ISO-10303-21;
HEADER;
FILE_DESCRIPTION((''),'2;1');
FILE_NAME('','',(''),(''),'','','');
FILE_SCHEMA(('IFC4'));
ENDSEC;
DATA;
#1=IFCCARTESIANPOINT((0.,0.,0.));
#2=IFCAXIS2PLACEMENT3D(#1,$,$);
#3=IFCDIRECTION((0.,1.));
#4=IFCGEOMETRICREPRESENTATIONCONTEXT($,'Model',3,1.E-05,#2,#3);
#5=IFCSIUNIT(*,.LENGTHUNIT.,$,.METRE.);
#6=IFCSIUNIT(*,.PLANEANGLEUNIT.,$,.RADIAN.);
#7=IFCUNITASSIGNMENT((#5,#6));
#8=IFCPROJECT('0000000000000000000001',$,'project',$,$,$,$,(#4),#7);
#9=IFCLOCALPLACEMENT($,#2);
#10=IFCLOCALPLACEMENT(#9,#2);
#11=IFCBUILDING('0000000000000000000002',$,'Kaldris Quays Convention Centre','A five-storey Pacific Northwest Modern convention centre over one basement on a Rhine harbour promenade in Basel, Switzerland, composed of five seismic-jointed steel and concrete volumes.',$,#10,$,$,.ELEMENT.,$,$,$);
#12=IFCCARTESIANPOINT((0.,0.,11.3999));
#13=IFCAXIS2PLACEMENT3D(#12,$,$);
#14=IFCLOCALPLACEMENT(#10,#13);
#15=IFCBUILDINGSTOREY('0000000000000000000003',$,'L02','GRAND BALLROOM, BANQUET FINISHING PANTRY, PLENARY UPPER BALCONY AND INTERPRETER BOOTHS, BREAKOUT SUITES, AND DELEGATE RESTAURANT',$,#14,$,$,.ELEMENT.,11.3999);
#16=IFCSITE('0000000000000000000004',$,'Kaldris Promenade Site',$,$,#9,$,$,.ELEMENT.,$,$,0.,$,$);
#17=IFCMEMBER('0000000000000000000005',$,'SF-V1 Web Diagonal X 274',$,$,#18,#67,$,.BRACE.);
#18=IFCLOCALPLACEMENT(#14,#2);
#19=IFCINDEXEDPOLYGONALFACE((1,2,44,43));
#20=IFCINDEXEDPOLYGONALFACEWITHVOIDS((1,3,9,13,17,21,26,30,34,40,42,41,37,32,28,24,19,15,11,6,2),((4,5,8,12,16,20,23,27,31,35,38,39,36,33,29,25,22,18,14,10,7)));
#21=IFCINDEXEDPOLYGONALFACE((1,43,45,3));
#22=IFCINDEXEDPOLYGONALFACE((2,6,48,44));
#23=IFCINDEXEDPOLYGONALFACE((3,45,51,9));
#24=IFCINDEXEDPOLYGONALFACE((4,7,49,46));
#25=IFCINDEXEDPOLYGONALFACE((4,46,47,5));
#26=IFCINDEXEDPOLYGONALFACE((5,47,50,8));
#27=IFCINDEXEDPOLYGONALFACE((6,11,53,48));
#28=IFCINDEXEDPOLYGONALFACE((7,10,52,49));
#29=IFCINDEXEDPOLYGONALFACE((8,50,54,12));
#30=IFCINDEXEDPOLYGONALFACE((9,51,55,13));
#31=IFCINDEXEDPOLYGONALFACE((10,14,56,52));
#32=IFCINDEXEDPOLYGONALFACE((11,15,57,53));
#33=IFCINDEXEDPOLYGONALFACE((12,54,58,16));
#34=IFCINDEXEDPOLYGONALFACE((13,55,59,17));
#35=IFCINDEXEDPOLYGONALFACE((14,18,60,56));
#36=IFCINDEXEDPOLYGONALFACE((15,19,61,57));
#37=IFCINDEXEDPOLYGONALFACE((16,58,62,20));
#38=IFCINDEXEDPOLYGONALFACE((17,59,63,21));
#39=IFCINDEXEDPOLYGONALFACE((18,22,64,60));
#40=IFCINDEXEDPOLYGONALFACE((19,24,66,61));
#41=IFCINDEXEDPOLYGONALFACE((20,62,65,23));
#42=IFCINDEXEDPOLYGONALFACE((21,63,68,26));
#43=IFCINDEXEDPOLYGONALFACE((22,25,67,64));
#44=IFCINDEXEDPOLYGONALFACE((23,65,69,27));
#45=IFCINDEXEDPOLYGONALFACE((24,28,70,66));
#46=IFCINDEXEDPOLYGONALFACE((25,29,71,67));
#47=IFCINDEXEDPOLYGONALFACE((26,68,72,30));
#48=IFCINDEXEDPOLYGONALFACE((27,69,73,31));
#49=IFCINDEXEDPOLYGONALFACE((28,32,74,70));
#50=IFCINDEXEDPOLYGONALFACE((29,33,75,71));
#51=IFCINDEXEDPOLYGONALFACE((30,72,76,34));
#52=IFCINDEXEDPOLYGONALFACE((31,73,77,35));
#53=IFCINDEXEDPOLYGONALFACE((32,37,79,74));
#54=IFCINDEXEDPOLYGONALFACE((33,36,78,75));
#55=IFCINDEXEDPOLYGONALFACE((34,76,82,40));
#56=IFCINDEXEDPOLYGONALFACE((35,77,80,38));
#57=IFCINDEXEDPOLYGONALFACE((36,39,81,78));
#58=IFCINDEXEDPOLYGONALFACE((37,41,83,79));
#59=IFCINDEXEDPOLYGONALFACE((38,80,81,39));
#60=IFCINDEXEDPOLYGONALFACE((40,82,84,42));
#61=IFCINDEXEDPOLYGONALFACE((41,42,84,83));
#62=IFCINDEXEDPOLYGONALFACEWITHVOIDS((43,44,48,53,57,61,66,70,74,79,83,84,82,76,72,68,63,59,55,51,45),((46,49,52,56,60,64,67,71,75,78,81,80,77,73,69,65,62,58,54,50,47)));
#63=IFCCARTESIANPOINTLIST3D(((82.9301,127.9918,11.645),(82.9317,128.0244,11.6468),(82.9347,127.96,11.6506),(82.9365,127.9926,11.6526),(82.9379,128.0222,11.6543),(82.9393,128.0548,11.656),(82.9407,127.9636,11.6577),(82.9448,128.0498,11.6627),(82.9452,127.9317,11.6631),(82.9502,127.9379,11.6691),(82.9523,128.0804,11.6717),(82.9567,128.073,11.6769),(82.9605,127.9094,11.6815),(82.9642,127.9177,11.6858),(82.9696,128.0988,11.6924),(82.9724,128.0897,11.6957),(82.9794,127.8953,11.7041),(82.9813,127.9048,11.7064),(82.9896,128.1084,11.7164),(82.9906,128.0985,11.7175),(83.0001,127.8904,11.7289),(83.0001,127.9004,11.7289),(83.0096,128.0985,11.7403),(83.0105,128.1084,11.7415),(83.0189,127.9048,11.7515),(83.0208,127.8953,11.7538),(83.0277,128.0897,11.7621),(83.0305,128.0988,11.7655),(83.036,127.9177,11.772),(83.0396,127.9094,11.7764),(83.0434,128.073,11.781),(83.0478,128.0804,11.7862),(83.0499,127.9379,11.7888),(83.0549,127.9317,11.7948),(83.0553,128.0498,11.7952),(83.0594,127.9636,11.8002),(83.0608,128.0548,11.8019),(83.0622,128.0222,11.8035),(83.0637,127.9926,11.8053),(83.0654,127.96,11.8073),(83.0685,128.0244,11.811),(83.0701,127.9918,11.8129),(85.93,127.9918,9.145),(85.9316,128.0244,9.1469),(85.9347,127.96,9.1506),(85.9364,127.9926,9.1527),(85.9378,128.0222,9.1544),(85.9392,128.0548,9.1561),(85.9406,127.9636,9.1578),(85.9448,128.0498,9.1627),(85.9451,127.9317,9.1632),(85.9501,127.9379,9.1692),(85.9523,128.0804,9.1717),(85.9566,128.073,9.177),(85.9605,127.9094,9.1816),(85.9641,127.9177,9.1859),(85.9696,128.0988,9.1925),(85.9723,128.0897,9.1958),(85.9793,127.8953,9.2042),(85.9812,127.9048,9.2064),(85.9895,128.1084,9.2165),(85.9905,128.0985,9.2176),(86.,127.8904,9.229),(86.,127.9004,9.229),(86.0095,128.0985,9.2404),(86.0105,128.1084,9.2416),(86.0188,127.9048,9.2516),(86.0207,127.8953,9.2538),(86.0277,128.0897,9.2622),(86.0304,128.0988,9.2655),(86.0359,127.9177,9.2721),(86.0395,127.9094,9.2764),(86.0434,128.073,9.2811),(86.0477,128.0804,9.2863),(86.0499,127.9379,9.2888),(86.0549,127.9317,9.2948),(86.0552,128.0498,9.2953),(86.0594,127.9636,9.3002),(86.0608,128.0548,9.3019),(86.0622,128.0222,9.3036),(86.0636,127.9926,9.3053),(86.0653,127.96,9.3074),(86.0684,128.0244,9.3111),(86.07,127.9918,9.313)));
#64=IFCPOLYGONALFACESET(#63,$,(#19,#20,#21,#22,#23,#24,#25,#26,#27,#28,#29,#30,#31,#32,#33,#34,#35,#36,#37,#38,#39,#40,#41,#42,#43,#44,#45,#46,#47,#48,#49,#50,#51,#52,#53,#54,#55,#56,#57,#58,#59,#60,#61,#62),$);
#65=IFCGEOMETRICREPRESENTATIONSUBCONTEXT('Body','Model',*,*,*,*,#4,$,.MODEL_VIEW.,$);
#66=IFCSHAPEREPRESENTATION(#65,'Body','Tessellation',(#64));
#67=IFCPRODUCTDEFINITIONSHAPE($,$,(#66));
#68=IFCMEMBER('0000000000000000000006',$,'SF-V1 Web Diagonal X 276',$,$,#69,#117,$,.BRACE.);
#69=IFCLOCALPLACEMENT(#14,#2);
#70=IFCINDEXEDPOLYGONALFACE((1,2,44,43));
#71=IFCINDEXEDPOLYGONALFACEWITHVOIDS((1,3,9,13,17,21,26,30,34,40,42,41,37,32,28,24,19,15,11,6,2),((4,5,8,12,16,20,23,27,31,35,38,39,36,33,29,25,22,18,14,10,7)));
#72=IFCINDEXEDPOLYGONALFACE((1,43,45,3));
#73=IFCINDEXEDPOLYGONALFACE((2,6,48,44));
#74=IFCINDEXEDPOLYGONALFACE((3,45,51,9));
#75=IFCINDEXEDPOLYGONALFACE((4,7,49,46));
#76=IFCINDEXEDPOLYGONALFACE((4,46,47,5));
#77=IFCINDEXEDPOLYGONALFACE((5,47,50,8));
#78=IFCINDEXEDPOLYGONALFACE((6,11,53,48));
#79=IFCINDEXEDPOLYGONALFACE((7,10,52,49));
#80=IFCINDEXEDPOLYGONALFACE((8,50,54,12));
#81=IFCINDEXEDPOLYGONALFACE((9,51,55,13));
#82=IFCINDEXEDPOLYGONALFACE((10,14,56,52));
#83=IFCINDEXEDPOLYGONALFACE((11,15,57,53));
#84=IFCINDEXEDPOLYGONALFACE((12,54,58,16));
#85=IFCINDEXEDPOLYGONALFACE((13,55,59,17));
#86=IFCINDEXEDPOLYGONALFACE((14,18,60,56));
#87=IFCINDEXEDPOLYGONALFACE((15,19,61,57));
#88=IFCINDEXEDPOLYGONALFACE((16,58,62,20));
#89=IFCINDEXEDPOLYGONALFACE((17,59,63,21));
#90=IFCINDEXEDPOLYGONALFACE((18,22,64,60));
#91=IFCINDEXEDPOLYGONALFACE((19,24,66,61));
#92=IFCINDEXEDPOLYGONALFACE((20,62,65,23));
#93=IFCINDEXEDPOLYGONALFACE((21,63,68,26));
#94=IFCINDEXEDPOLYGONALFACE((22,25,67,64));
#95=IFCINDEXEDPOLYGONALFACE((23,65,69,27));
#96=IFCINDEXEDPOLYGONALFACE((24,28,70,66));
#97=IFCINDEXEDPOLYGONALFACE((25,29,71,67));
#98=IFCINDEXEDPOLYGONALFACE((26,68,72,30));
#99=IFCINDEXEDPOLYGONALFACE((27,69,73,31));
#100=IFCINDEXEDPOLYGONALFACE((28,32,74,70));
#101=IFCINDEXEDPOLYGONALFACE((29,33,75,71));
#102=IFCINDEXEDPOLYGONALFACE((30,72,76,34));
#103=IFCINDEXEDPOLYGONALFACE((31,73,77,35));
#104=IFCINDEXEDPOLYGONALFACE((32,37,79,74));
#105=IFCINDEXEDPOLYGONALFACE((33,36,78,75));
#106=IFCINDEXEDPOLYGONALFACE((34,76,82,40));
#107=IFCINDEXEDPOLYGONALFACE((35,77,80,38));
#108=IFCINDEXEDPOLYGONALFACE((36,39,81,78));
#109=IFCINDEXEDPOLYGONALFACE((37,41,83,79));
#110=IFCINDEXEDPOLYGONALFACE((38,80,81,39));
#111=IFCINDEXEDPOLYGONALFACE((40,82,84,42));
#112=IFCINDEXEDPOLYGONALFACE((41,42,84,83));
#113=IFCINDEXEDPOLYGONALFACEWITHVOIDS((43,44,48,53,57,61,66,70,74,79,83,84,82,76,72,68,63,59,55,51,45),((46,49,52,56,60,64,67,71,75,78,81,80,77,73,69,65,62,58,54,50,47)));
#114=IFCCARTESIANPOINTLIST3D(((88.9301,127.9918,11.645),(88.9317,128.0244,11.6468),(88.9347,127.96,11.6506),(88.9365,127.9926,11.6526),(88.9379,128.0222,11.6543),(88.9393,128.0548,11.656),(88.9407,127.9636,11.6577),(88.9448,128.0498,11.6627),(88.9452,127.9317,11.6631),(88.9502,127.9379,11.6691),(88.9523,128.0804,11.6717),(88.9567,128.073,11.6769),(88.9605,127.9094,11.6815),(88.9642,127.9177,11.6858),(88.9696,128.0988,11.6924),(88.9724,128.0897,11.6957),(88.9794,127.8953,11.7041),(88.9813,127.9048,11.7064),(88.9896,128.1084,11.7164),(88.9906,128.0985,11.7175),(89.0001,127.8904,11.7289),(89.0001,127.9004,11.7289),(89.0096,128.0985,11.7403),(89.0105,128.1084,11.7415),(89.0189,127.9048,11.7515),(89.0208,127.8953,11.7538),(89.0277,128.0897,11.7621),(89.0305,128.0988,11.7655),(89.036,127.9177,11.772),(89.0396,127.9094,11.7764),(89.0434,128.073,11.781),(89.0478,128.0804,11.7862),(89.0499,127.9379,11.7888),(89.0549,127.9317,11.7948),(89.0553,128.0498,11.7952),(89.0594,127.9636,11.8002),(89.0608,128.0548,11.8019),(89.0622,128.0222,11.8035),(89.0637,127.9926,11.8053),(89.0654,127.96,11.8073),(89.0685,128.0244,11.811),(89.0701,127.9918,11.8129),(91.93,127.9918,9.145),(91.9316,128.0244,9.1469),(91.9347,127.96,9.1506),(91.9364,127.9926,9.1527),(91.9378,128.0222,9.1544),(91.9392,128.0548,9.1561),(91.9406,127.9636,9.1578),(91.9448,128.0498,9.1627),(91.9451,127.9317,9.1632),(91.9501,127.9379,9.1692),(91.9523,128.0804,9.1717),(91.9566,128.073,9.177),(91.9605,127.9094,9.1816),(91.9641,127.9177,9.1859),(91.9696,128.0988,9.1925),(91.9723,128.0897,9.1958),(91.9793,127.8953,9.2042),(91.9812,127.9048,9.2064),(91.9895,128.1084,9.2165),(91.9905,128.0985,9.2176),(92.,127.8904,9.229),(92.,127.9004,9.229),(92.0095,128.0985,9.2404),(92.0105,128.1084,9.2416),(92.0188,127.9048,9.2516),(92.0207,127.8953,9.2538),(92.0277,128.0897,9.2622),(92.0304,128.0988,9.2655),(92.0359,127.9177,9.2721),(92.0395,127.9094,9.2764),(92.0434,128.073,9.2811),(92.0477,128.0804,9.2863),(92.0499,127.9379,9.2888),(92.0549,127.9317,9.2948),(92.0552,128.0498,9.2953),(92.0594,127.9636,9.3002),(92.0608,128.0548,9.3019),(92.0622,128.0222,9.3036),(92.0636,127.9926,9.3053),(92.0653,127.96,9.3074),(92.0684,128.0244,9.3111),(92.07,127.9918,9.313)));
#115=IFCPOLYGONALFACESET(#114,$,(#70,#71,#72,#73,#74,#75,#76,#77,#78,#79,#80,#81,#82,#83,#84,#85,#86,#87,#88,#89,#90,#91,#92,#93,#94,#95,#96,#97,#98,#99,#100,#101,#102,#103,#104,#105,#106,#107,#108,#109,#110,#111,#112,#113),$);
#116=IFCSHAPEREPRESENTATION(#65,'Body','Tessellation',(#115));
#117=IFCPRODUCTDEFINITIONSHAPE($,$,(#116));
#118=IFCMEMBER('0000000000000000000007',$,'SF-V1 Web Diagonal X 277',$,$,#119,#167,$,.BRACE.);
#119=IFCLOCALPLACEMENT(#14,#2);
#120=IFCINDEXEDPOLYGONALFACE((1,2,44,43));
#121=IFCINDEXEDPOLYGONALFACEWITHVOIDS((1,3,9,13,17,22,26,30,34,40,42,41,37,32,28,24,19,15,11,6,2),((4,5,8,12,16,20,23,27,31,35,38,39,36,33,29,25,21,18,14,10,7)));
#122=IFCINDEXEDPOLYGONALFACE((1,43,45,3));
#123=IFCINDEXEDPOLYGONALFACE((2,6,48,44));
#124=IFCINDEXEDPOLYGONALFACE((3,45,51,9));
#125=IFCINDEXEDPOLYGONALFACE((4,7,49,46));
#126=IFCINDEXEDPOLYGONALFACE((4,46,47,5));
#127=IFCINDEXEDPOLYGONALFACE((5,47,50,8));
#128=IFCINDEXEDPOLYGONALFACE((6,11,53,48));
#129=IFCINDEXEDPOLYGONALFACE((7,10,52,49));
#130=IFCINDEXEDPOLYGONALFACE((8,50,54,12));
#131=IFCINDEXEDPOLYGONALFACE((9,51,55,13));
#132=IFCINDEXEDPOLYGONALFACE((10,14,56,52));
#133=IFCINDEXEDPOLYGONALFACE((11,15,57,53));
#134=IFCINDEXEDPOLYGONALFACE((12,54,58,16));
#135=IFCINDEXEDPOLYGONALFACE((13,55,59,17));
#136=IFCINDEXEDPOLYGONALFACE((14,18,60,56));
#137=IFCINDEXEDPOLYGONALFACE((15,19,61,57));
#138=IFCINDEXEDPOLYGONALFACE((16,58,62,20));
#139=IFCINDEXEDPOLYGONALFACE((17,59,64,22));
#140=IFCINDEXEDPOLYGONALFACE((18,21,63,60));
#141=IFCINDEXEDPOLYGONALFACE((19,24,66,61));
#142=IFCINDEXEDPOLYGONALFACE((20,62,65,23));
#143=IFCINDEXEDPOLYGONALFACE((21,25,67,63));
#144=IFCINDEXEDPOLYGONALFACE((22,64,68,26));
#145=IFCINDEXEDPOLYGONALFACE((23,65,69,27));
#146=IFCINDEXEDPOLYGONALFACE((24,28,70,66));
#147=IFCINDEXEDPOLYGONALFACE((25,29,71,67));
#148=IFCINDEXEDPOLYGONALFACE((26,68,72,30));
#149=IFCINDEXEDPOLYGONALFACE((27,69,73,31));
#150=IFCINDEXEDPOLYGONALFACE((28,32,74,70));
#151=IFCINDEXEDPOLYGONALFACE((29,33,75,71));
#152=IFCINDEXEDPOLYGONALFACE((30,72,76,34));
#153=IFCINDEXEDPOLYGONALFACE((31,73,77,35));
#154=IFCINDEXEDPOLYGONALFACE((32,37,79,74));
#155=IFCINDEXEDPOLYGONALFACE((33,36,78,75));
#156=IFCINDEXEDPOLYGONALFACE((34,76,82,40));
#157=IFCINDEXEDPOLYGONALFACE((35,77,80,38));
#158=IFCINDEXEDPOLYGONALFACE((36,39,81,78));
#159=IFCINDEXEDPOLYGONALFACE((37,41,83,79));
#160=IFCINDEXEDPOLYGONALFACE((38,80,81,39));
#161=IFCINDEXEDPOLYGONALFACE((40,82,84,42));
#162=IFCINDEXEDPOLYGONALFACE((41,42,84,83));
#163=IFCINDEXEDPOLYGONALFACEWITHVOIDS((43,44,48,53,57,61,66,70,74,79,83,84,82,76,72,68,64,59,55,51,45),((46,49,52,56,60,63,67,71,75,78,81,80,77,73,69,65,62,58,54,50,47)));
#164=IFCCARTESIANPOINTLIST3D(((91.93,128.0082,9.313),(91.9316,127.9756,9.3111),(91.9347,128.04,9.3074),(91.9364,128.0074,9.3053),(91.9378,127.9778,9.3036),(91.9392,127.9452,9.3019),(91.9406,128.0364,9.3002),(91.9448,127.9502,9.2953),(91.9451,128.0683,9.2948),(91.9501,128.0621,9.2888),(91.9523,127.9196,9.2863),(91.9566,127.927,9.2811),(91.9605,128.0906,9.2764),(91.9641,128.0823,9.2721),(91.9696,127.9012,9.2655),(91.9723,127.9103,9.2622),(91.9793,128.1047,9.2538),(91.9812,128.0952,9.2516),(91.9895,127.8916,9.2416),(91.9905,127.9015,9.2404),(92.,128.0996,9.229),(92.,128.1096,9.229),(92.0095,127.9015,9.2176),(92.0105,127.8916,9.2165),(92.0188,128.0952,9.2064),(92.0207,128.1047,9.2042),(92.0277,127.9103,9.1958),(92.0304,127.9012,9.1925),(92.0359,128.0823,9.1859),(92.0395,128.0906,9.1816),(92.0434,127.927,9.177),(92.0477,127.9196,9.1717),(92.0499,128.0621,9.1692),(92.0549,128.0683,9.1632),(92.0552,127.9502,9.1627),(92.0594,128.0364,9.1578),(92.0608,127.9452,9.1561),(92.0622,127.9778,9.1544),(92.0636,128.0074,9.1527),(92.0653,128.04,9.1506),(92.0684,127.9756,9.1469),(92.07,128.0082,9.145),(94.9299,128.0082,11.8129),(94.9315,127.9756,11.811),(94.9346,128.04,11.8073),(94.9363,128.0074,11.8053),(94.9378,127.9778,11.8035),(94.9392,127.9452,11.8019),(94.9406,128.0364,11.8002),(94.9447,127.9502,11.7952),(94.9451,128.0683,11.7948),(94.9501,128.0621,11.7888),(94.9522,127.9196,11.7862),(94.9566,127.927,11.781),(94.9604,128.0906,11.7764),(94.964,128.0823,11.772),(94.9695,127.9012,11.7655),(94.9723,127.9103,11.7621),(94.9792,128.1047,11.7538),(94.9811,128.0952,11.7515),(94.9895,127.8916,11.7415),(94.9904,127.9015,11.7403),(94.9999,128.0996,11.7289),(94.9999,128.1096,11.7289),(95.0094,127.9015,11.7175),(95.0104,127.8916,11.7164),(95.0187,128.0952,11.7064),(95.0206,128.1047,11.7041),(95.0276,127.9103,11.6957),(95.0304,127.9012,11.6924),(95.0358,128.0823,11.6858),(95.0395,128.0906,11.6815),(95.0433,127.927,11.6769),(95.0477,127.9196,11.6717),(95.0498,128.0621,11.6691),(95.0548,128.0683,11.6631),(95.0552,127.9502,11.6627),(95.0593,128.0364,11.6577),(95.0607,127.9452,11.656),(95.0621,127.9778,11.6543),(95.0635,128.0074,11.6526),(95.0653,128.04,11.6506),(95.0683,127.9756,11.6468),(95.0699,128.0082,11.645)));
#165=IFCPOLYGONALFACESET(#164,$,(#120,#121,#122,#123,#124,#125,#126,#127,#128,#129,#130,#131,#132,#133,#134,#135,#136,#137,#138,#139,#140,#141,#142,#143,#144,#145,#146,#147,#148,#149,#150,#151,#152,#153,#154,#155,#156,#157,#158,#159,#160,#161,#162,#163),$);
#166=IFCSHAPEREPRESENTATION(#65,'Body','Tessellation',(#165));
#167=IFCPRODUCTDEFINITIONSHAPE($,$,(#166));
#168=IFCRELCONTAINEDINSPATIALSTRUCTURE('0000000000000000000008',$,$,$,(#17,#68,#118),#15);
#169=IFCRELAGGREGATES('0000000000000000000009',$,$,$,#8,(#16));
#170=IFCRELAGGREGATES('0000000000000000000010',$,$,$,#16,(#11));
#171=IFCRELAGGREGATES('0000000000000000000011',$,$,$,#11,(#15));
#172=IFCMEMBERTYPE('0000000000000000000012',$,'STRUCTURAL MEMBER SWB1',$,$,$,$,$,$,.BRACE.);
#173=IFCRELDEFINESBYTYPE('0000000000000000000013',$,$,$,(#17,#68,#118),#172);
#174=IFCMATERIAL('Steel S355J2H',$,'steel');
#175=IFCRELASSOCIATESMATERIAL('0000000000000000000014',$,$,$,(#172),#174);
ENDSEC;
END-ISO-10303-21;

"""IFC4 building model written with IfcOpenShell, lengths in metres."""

from ifc_helpers import new_model, si_unit, direction, frame, origin, origin_2d, place, context, subcontext, project, spatial, hollow_circle, extrude, material, material_profile, profile_set, type_object, element, save


model = new_model("IFC4")

# Units and contexts
model_context = context("Model", 3, precision=1e-05, world=origin(), true_north=direction((0.0, 1.0)))
body_context = subcontext(model_context, "Body", "Model", "MODEL_VIEW")
ifc_project = project(units=[si_unit("LENGTHUNIT", "METRE"), si_unit("PLANEANGLEUNIT", "RADIAN")], contexts=[model_context])

# Site, building, storey
site_placement = place(None, origin())
site = spatial("IfcSite", under=ifc_project, at=site_placement, Name="Kaldris Promenade Site", CompositionType="ELEMENT", RefElevation=0.0)
building_placement = place(site_placement, origin())
building = spatial("IfcBuilding", under=site, at=building_placement, Name="Kaldris Quays Convention Centre", Description="A five-storey Pacific Northwest Modern convention centre over one basement on a Rhine harbour promenade in Basel, Switzerland, composed of five seismic-jointed steel and concrete volumes.", CompositionType="ELEMENT")
storey_placement = place(building_placement, frame((0.0, 0.0, 11.3999)))
storey = spatial("IfcBuildingStorey", under=building, at=storey_placement, Name="L02", Description="GRAND BALLROOM, BANQUET FINISHING PANTRY, PLENARY UPPER BALCONY AND INTERPRETER BOOTHS, BREAKOUT SUITES, AND DELEGATE RESTAURANT", CompositionType="ELEMENT", Elevation=11.3999)

# Members
ifc_material_1 = material(Name="Steel S355J2H", Category="steel")
ifc_material_profile_1 = material_profile(ifc_material_1, hollow_circle(Radius=0.1096, WallThickness=0.01, at=origin_2d()), Name="CHS 219.1x10")
ifc_profile_set_1 = profile_set([ifc_material_profile_1], Name="Steel S355J2H")
member_type_1 = type_object("IfcMemberType", Name="STRUCTURAL MEMBER SWB1", PredefinedType="BRACE", material=ifc_profile_set_1)
for number, where, z_axis, x_axis, name in (
    (1, (86.0, 128.0, 9.229), (-0.768221, 0.0, 0.640184), (0.0, -1.0, 0.0), "SF-V1 Web Diagonal X 274"),
    (2, (92.0, 128.0, 9.229), (-0.768221, 0.0, 0.640184), (0.0, -1.0, 0.0), "SF-V1 Web Diagonal X 276"),
    (3, (92.0, 128.0, 9.229), (0.768221, 0.0, 0.640184), (0.0, 1.0, 0.0), "SF-V1 Web Diagonal X 277"),
):
    element("IfcMember", number, at=place(storey_placement, frame(where, z_axis=z_axis, x_axis=x_axis)), inside=storey, type_object=member_type_1, Name=name, PredefinedType="BRACE", context=body_context, shape_type="SweptSolid", body=[
        extrude(hollow_circle(Radius=0.1096, WallThickness=0.01, at=origin_2d()), origin(), (0.0, 0.0, 1.0), 3.905),
    ])

save(model, "model.ifc")
